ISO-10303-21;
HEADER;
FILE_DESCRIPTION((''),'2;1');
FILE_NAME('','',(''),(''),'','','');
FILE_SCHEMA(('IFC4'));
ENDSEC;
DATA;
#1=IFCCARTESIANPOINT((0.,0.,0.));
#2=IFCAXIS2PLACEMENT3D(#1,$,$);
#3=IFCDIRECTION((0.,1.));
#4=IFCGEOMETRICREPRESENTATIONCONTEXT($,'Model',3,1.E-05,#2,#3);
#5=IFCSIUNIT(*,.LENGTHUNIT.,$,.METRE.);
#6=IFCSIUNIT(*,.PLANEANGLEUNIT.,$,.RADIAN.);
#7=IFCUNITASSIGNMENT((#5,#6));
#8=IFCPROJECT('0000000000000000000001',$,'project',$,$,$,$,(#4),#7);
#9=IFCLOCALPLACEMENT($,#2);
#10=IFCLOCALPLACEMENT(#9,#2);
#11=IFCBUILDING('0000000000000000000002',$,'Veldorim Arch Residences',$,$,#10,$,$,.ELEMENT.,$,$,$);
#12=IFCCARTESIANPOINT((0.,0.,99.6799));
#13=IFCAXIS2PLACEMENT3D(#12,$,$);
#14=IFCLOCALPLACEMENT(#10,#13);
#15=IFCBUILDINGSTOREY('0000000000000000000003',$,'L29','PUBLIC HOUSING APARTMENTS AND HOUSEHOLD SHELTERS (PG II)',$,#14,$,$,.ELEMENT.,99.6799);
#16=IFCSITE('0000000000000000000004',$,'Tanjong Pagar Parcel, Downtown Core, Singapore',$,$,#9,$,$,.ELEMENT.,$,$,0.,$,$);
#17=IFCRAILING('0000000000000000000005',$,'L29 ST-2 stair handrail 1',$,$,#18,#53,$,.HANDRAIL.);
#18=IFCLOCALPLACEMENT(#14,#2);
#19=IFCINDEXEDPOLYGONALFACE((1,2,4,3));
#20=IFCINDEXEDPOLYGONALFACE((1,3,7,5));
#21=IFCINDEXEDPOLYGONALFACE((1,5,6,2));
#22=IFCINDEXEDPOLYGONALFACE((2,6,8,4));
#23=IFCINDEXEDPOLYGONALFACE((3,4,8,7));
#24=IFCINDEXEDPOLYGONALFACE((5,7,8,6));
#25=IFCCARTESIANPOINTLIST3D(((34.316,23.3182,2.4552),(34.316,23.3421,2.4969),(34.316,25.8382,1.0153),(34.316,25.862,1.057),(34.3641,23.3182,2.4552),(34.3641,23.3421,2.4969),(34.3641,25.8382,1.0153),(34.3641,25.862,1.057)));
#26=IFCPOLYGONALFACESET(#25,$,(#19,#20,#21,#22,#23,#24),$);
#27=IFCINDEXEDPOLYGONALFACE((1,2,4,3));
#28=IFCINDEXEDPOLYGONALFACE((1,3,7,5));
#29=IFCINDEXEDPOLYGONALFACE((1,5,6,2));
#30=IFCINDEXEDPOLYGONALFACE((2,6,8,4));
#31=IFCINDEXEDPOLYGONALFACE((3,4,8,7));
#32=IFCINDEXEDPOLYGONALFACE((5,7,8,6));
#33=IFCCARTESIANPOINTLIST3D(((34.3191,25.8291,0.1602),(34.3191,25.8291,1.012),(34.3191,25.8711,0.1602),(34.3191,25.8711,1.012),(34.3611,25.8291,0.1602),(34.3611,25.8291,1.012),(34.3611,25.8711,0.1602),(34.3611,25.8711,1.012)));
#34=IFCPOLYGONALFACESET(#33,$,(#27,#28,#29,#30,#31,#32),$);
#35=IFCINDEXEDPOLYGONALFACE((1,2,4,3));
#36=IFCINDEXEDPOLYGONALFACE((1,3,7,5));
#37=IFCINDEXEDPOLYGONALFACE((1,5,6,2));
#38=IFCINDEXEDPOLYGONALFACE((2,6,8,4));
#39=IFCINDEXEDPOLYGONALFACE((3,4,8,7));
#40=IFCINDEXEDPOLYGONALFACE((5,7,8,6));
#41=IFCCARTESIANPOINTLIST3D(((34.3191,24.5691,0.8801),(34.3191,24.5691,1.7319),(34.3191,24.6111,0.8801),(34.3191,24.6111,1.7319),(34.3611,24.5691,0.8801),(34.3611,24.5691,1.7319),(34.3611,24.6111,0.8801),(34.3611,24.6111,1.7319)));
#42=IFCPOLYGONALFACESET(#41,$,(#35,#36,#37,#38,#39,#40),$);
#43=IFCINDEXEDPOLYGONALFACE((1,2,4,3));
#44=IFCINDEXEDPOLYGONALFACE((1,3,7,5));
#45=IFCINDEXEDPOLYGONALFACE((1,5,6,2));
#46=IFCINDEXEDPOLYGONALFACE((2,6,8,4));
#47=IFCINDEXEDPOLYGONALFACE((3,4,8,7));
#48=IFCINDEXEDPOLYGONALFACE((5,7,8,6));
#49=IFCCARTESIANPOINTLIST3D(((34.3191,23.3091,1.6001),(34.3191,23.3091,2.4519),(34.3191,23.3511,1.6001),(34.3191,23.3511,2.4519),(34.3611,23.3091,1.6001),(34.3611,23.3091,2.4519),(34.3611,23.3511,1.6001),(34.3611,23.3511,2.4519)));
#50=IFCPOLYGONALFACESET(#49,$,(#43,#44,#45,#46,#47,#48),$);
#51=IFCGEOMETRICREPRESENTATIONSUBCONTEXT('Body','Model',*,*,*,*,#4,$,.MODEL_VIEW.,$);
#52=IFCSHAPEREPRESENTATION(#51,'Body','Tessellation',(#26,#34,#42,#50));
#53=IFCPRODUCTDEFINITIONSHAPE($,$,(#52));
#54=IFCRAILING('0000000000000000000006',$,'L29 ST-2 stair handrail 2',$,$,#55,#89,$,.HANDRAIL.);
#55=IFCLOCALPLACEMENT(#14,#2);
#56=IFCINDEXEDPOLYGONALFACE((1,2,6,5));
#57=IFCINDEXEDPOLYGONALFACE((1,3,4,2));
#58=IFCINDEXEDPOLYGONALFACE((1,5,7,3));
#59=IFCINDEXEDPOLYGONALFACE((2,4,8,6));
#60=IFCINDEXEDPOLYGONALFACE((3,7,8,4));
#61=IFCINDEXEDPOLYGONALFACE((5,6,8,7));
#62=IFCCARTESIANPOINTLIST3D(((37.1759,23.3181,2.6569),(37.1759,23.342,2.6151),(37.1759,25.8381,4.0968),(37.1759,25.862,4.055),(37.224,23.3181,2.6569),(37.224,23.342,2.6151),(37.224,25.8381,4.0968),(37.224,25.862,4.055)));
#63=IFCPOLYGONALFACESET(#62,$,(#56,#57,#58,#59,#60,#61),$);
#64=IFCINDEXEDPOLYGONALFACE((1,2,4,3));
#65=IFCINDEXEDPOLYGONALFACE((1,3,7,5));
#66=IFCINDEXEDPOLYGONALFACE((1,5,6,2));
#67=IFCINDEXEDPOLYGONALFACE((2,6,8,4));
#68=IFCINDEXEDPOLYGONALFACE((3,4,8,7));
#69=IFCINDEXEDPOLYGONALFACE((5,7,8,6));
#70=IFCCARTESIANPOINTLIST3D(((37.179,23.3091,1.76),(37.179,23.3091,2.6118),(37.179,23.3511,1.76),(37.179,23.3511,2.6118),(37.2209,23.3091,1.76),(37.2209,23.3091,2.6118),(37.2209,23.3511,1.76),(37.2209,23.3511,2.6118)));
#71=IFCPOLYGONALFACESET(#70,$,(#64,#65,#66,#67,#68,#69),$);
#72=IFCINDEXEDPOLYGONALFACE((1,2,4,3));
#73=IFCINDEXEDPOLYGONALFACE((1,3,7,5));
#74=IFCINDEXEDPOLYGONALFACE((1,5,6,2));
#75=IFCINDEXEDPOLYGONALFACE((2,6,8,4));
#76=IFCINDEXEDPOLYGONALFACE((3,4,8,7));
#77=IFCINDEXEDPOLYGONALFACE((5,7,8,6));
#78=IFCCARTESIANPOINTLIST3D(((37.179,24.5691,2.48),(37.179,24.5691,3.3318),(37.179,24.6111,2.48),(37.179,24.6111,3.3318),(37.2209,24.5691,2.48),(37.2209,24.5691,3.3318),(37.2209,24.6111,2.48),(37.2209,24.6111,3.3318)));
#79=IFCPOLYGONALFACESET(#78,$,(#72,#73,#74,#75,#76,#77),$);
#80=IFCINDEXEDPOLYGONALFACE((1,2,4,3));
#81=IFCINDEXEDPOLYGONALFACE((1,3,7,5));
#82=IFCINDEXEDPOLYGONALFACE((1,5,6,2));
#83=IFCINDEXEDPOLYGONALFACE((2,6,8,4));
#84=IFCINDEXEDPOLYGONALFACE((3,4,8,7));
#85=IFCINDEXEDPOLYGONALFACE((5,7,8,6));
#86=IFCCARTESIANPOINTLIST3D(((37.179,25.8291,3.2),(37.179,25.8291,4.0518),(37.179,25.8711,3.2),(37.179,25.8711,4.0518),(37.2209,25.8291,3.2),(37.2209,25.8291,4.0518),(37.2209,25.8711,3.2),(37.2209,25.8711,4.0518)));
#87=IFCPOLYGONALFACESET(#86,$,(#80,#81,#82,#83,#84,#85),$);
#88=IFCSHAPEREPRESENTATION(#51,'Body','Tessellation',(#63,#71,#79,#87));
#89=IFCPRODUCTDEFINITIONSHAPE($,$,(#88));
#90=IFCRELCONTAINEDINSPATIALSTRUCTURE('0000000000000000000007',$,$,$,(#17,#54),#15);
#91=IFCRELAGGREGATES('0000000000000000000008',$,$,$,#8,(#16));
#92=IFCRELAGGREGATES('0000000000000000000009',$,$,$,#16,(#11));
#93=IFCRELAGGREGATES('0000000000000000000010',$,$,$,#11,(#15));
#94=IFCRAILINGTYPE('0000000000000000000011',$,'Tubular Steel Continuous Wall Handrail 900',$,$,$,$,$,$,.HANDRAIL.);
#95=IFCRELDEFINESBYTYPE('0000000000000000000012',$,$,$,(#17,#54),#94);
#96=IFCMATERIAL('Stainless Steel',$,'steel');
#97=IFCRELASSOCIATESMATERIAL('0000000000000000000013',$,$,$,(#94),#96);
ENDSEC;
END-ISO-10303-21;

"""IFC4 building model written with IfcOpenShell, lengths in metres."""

from ifc_helpers import new_model, si_unit, direction, frame, origin, origin_2d, place, context, subcontext, project, spatial, rectangle, extrude, material, type_object, element, save


model = new_model("IFC4")

# Units and contexts
model_context = context("Model", 3, precision=1e-05, world=origin(), true_north=direction((0.0, 1.0)))
body_context = subcontext(model_context, "Body", "Model", "MODEL_VIEW")
ifc_project = project(units=[si_unit("LENGTHUNIT", "METRE"), si_unit("PLANEANGLEUNIT", "RADIAN")], contexts=[model_context])

# Site, building, storey
site_placement = place(None, origin())
site = spatial("IfcSite", under=ifc_project, at=site_placement, Name="Tanjong Pagar Parcel, Downtown Core, Singapore", CompositionType="ELEMENT", RefElevation=0.0)
building_placement = place(site_placement, origin())
building = spatial("IfcBuilding", under=site, at=building_placement, Name="Veldorim Arch Residences", CompositionType="ELEMENT")
storey_placement = place(building_placement, frame((0.0, 0.0, 99.6799)))
storey = spatial("IfcBuildingStorey", under=building, at=storey_placement, Name="L29", Description="PUBLIC HOUSING APARTMENTS AND HOUSEHOLD SHELTERS (PG II)", CompositionType="ELEMENT", Elevation=99.6799)

# Railings
ifc_material_1 = material(Name="Stainless Steel", Category="steel")
railing_type_1 = type_object("IfcRailingType", Name="Tubular Steel Continuous Wall Handrail 900", PredefinedType="HANDRAIL", material=ifc_material_1)
railing_1_placement = place(storey_placement, frame((34.3401, 25.8501, 0.1602)))
element("IfcRailing", 1, at=railing_1_placement, inside=storey, type_object=railing_type_1, Name="L29 ST-2 stair handrail 1", PredefinedType="HANDRAIL", context=body_context, shape_type="SweptSolid", body=[
    extrude(rectangle(XDim=0.0481, YDim=0.0481, at=origin_2d()), frame((0.0, 0.0, 0.876), z_axis=(0.0, -0.868253, 0.496121), x_axis=(1.0, 0.0, 0.0)), (0.0, 0.0, 1.0), 2.9023),
    extrude(rectangle(XDim=0.042, YDim=0.042, at=origin_2d()), origin(), (0.0, 0.0, 1.0), 0.8518),
    extrude(rectangle(XDim=0.042, YDim=0.042, at=origin_2d()), frame((0.0, -1.26, 0.72)), (0.0, 0.0, 1.0), 0.8518),
    extrude(rectangle(XDim=0.042, YDim=0.042, at=origin_2d()), frame((0.0, -2.52, 1.4399)), (0.0, 0.0, 1.0), 0.8518),
])
railing_2_placement = place(storey_placement, frame((37.2, 23.3301, 1.76)))
element("IfcRailing", 2, at=railing_2_placement, inside=storey, type_object=railing_type_1, Name="L29 ST-2 stair handrail 2", PredefinedType="HANDRAIL", context=body_context, shape_type="SweptSolid", body=[
    extrude(rectangle(XDim=0.0481, YDim=0.0481, at=origin_2d()), frame((0.0, 0.0, 0.876), z_axis=(0.0, 0.868253, 0.496121), x_axis=(-1.0, 0.0, 0.0)), (0.0, 0.0, 1.0), 2.9023),
    extrude(rectangle(XDim=0.042, YDim=0.042, at=origin_2d()), origin(), (0.0, 0.0, 1.0), 0.8518),
    extrude(rectangle(XDim=0.042, YDim=0.042, at=origin_2d()), frame((0.0, 1.26, 0.72)), (0.0, 0.0, 1.0), 0.8518),
    extrude(rectangle(XDim=0.042, YDim=0.042, at=origin_2d()), frame((0.0, 2.52, 1.4399)), (0.0, 0.0, 1.0), 0.8518),
])

save(model, "model.ifc")
